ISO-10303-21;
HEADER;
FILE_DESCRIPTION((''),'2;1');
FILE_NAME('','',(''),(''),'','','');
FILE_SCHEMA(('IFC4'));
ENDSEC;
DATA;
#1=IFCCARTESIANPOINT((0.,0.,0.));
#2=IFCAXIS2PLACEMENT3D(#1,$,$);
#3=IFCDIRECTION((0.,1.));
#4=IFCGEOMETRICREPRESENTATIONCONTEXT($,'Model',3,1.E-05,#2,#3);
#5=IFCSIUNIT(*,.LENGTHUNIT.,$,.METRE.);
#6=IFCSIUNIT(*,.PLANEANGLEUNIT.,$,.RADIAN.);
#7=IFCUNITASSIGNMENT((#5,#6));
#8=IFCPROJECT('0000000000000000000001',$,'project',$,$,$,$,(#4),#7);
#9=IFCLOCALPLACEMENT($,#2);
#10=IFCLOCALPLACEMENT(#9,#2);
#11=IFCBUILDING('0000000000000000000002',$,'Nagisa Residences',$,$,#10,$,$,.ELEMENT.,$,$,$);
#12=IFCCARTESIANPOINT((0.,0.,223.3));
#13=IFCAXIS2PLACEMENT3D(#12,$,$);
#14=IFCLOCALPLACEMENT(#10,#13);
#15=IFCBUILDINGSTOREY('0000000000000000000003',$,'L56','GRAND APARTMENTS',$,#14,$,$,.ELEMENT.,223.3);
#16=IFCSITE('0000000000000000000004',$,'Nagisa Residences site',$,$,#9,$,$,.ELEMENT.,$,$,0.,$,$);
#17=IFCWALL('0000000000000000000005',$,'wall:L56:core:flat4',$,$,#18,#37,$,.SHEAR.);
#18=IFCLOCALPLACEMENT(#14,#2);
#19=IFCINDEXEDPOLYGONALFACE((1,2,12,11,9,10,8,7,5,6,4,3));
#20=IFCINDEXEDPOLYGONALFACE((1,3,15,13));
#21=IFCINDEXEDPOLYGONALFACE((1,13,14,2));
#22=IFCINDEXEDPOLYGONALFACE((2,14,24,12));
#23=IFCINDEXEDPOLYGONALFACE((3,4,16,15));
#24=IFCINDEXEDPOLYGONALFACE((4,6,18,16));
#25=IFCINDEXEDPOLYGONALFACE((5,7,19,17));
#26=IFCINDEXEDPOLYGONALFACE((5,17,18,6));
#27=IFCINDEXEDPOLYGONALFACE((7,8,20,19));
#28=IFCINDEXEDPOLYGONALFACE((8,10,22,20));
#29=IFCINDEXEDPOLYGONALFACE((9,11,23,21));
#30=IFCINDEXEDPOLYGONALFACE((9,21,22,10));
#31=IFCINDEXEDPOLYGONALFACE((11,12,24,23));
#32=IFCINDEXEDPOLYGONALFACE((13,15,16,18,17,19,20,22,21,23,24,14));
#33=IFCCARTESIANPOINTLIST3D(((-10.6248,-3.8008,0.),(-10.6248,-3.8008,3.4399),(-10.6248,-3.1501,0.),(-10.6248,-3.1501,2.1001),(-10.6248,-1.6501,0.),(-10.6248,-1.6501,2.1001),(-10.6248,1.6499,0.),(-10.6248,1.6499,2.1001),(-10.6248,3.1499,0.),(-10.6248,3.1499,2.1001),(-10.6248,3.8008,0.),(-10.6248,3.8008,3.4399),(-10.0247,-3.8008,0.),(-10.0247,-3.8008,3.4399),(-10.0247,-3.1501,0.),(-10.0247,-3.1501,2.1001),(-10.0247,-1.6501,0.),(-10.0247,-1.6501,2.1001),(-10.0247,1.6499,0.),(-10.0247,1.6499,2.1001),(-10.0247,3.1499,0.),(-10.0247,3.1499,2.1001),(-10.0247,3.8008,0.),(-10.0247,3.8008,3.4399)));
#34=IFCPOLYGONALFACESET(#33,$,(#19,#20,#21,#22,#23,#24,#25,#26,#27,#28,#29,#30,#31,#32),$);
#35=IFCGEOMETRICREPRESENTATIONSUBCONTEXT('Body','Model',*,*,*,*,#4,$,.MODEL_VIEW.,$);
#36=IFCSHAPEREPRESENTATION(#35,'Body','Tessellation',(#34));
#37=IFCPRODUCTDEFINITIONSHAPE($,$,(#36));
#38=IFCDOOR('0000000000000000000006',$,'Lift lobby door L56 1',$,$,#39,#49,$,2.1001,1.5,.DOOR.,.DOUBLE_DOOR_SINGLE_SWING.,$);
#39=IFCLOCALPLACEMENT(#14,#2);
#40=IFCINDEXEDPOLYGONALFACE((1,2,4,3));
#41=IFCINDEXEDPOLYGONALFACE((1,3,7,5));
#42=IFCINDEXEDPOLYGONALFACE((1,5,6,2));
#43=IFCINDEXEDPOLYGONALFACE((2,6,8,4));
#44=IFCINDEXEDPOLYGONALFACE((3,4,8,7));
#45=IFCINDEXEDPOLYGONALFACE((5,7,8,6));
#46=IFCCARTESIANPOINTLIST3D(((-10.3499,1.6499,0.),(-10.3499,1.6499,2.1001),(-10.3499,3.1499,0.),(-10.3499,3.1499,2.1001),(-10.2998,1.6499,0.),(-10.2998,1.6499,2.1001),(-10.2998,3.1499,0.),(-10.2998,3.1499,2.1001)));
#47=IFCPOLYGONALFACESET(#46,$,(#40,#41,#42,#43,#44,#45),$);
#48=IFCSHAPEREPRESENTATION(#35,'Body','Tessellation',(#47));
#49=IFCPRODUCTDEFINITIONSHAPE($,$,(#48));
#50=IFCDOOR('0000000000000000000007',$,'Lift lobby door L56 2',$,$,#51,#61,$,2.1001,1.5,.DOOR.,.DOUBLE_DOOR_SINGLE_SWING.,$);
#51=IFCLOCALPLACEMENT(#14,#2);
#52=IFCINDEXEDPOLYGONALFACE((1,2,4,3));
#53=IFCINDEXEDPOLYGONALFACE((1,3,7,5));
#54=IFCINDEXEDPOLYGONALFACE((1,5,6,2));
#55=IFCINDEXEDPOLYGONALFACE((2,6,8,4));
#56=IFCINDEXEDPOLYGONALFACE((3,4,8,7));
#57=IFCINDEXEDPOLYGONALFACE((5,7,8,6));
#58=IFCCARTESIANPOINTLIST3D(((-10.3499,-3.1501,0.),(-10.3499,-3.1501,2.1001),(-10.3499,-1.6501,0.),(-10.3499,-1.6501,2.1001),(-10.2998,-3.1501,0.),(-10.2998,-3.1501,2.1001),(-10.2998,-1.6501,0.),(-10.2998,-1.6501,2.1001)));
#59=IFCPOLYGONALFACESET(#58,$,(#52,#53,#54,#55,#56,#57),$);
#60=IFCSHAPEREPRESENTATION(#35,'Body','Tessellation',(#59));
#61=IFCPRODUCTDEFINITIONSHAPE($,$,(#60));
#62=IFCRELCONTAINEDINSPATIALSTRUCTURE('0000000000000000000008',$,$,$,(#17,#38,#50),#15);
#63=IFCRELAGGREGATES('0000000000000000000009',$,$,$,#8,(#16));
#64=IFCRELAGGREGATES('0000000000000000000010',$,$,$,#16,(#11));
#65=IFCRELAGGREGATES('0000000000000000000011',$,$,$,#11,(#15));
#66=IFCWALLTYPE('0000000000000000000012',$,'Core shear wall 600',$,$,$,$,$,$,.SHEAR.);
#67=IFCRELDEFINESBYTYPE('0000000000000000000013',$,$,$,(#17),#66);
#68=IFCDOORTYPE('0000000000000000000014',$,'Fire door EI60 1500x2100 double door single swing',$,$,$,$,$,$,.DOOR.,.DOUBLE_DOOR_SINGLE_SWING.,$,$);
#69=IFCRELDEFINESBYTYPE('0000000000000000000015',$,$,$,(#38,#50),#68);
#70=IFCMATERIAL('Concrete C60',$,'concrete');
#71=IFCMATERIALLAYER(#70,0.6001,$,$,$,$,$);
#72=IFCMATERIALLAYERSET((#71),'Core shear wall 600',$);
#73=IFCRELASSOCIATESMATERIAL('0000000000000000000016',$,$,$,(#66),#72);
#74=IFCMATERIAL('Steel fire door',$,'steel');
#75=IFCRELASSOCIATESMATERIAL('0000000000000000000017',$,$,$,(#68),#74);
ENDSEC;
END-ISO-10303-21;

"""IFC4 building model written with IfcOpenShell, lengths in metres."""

from ifc_helpers import new_model, si_unit, direction, frame, frame_2d, origin, place, context, subcontext, project, spatial, rectangle, extrude, material, layer, layer_set, type_object, element, fill, save


model = new_model("IFC4")

# Units and contexts
model_context = context("Model", 3, precision=1e-05, world=origin(), true_north=direction((0.0, 1.0)))
body_context = subcontext(model_context, "Body", "Model", "MODEL_VIEW")
ifc_project = project(units=[si_unit("LENGTHUNIT", "METRE"), si_unit("PLANEANGLEUNIT", "RADIAN")], contexts=[model_context])

# Site, building, storey
site_placement = place(None, origin())
site = spatial("IfcSite", under=ifc_project, at=site_placement, Name="Nagisa Residences site", CompositionType="ELEMENT", RefElevation=0.0)
building_placement = place(site_placement, origin())
building = spatial("IfcBuilding", under=site, at=building_placement, Name="Nagisa Residences", CompositionType="ELEMENT")
storey_placement = place(building_placement, frame((0.0, 0.0, 223.3)))
storey = spatial("IfcBuildingStorey", under=building, at=storey_placement, Name="L56", Description="GRAND APARTMENTS", CompositionType="ELEMENT", Elevation=223.3)

# Wall, openings, doors
ifc_material_1 = material(Name="Concrete C60", Category="concrete")
ifc_layer_1 = layer(ifc_material_1, 0.6001)
ifc_layer_set_1 = layer_set([ifc_layer_1], Name="Core shear wall 600")
wall_type_1 = type_object("IfcWallType", Name="Core shear wall 600", PredefinedType="SHEAR", material=ifc_layer_set_1)
wall_1_placement = place(storey_placement, frame((-10.3247, 3.8008, 0.0), z_axis=(0.0, 0.0, 1.0), x_axis=(0.0, -1.0, 0.0)))
wall_1 = element("IfcWall", 1, at=wall_1_placement, inside=storey, type_object=wall_type_1, Name="wall:L56:core:flat4", PredefinedType="SHEAR", context=body_context, shape_type="SweptSolid", body=[
    extrude(rectangle(XDim=7.6016, YDim=0.6001, at=frame_2d((3.8008, 0.0))), origin(), (0.0, 0.0, 1.0), 3.4399),
])
opening_1_placement = place(wall_1_placement, frame((0.6509, 0.0, 0.0)))
opening_1 = element("IfcOpeningElement", 2, at=opening_1_placement, cuts=wall_1, PredefinedType="OPENING", context=body_context, shape_type="SweptSolid", body=[
    extrude(rectangle(XDim=1.5, YDim=2.1001, at=frame_2d((0.75, 1.05))), frame((0.0, 0.3101, 0.0), z_axis=(0.0, -1.0, 0.0), x_axis=(1.0, 0.0, 0.0)), (0.0, 0.0, 1.0), 0.6201),
])
opening_2_placement = place(wall_1_placement, frame((5.4509, 0.0, 0.0)))
opening_2 = element("IfcOpeningElement", 3, at=opening_2_placement, cuts=wall_1, PredefinedType="OPENING", context=body_context, shape_type="SweptSolid", body=[
    extrude(rectangle(XDim=1.5, YDim=2.1001, at=frame_2d((0.75, 1.05))), frame((0.0, 0.3101, 0.0), z_axis=(0.0, -1.0, 0.0), x_axis=(1.0, 0.0, 0.0)), (0.0, 0.0, 1.0), 0.6201),
])
ifc_material_2 = material(Name="Steel fire door", Category="steel")
door_type_1 = type_object("IfcDoorType", Name="Fire door EI60 1500x2100 double door single swing", OperationType="DOUBLE_DOOR_SINGLE_SWING", PredefinedType="DOOR", material=ifc_material_2)
door_1_placement = place(opening_1_placement, origin())
door_1 = element("IfcDoor", 4, at=door_1_placement, inside=storey, type_object=door_type_1, Name="Lift lobby door L56 1", OperationType="DOUBLE_DOOR_SINGLE_SWING", OverallHeight=2.1001, OverallWidth=1.5, PredefinedType="DOOR", context=body_context, shape_type="SweptSolid", body=[
    extrude(rectangle(XDim=1.5, YDim=2.1001, at=frame_2d((0.75, 1.05))), frame((0.0, 0.0249, 0.0), z_axis=(0.0, -1.0, 0.0), x_axis=(1.0, 0.0, 0.0)), (0.0, 0.0, 1.0), 0.05),
])
fill(opening_1, door_1)
door_2_placement = place(opening_2_placement, origin())
door_2 = element("IfcDoor", 5, at=door_2_placement, inside=storey, type_object=door_type_1, Name="Lift lobby door L56 2", OperationType="DOUBLE_DOOR_SINGLE_SWING", OverallHeight=2.1001, OverallWidth=1.5, PredefinedType="DOOR", context=body_context, shape_type="SweptSolid", body=[
    extrude(rectangle(XDim=1.5, YDim=2.1001, at=frame_2d((0.75, 1.05))), frame((0.0, 0.0249, 0.0), z_axis=(0.0, -1.0, 0.0), x_axis=(1.0, 0.0, 0.0)), (0.0, 0.0, 1.0), 0.05),
])
fill(opening_2, door_2)

save(model, "model.ifc")
